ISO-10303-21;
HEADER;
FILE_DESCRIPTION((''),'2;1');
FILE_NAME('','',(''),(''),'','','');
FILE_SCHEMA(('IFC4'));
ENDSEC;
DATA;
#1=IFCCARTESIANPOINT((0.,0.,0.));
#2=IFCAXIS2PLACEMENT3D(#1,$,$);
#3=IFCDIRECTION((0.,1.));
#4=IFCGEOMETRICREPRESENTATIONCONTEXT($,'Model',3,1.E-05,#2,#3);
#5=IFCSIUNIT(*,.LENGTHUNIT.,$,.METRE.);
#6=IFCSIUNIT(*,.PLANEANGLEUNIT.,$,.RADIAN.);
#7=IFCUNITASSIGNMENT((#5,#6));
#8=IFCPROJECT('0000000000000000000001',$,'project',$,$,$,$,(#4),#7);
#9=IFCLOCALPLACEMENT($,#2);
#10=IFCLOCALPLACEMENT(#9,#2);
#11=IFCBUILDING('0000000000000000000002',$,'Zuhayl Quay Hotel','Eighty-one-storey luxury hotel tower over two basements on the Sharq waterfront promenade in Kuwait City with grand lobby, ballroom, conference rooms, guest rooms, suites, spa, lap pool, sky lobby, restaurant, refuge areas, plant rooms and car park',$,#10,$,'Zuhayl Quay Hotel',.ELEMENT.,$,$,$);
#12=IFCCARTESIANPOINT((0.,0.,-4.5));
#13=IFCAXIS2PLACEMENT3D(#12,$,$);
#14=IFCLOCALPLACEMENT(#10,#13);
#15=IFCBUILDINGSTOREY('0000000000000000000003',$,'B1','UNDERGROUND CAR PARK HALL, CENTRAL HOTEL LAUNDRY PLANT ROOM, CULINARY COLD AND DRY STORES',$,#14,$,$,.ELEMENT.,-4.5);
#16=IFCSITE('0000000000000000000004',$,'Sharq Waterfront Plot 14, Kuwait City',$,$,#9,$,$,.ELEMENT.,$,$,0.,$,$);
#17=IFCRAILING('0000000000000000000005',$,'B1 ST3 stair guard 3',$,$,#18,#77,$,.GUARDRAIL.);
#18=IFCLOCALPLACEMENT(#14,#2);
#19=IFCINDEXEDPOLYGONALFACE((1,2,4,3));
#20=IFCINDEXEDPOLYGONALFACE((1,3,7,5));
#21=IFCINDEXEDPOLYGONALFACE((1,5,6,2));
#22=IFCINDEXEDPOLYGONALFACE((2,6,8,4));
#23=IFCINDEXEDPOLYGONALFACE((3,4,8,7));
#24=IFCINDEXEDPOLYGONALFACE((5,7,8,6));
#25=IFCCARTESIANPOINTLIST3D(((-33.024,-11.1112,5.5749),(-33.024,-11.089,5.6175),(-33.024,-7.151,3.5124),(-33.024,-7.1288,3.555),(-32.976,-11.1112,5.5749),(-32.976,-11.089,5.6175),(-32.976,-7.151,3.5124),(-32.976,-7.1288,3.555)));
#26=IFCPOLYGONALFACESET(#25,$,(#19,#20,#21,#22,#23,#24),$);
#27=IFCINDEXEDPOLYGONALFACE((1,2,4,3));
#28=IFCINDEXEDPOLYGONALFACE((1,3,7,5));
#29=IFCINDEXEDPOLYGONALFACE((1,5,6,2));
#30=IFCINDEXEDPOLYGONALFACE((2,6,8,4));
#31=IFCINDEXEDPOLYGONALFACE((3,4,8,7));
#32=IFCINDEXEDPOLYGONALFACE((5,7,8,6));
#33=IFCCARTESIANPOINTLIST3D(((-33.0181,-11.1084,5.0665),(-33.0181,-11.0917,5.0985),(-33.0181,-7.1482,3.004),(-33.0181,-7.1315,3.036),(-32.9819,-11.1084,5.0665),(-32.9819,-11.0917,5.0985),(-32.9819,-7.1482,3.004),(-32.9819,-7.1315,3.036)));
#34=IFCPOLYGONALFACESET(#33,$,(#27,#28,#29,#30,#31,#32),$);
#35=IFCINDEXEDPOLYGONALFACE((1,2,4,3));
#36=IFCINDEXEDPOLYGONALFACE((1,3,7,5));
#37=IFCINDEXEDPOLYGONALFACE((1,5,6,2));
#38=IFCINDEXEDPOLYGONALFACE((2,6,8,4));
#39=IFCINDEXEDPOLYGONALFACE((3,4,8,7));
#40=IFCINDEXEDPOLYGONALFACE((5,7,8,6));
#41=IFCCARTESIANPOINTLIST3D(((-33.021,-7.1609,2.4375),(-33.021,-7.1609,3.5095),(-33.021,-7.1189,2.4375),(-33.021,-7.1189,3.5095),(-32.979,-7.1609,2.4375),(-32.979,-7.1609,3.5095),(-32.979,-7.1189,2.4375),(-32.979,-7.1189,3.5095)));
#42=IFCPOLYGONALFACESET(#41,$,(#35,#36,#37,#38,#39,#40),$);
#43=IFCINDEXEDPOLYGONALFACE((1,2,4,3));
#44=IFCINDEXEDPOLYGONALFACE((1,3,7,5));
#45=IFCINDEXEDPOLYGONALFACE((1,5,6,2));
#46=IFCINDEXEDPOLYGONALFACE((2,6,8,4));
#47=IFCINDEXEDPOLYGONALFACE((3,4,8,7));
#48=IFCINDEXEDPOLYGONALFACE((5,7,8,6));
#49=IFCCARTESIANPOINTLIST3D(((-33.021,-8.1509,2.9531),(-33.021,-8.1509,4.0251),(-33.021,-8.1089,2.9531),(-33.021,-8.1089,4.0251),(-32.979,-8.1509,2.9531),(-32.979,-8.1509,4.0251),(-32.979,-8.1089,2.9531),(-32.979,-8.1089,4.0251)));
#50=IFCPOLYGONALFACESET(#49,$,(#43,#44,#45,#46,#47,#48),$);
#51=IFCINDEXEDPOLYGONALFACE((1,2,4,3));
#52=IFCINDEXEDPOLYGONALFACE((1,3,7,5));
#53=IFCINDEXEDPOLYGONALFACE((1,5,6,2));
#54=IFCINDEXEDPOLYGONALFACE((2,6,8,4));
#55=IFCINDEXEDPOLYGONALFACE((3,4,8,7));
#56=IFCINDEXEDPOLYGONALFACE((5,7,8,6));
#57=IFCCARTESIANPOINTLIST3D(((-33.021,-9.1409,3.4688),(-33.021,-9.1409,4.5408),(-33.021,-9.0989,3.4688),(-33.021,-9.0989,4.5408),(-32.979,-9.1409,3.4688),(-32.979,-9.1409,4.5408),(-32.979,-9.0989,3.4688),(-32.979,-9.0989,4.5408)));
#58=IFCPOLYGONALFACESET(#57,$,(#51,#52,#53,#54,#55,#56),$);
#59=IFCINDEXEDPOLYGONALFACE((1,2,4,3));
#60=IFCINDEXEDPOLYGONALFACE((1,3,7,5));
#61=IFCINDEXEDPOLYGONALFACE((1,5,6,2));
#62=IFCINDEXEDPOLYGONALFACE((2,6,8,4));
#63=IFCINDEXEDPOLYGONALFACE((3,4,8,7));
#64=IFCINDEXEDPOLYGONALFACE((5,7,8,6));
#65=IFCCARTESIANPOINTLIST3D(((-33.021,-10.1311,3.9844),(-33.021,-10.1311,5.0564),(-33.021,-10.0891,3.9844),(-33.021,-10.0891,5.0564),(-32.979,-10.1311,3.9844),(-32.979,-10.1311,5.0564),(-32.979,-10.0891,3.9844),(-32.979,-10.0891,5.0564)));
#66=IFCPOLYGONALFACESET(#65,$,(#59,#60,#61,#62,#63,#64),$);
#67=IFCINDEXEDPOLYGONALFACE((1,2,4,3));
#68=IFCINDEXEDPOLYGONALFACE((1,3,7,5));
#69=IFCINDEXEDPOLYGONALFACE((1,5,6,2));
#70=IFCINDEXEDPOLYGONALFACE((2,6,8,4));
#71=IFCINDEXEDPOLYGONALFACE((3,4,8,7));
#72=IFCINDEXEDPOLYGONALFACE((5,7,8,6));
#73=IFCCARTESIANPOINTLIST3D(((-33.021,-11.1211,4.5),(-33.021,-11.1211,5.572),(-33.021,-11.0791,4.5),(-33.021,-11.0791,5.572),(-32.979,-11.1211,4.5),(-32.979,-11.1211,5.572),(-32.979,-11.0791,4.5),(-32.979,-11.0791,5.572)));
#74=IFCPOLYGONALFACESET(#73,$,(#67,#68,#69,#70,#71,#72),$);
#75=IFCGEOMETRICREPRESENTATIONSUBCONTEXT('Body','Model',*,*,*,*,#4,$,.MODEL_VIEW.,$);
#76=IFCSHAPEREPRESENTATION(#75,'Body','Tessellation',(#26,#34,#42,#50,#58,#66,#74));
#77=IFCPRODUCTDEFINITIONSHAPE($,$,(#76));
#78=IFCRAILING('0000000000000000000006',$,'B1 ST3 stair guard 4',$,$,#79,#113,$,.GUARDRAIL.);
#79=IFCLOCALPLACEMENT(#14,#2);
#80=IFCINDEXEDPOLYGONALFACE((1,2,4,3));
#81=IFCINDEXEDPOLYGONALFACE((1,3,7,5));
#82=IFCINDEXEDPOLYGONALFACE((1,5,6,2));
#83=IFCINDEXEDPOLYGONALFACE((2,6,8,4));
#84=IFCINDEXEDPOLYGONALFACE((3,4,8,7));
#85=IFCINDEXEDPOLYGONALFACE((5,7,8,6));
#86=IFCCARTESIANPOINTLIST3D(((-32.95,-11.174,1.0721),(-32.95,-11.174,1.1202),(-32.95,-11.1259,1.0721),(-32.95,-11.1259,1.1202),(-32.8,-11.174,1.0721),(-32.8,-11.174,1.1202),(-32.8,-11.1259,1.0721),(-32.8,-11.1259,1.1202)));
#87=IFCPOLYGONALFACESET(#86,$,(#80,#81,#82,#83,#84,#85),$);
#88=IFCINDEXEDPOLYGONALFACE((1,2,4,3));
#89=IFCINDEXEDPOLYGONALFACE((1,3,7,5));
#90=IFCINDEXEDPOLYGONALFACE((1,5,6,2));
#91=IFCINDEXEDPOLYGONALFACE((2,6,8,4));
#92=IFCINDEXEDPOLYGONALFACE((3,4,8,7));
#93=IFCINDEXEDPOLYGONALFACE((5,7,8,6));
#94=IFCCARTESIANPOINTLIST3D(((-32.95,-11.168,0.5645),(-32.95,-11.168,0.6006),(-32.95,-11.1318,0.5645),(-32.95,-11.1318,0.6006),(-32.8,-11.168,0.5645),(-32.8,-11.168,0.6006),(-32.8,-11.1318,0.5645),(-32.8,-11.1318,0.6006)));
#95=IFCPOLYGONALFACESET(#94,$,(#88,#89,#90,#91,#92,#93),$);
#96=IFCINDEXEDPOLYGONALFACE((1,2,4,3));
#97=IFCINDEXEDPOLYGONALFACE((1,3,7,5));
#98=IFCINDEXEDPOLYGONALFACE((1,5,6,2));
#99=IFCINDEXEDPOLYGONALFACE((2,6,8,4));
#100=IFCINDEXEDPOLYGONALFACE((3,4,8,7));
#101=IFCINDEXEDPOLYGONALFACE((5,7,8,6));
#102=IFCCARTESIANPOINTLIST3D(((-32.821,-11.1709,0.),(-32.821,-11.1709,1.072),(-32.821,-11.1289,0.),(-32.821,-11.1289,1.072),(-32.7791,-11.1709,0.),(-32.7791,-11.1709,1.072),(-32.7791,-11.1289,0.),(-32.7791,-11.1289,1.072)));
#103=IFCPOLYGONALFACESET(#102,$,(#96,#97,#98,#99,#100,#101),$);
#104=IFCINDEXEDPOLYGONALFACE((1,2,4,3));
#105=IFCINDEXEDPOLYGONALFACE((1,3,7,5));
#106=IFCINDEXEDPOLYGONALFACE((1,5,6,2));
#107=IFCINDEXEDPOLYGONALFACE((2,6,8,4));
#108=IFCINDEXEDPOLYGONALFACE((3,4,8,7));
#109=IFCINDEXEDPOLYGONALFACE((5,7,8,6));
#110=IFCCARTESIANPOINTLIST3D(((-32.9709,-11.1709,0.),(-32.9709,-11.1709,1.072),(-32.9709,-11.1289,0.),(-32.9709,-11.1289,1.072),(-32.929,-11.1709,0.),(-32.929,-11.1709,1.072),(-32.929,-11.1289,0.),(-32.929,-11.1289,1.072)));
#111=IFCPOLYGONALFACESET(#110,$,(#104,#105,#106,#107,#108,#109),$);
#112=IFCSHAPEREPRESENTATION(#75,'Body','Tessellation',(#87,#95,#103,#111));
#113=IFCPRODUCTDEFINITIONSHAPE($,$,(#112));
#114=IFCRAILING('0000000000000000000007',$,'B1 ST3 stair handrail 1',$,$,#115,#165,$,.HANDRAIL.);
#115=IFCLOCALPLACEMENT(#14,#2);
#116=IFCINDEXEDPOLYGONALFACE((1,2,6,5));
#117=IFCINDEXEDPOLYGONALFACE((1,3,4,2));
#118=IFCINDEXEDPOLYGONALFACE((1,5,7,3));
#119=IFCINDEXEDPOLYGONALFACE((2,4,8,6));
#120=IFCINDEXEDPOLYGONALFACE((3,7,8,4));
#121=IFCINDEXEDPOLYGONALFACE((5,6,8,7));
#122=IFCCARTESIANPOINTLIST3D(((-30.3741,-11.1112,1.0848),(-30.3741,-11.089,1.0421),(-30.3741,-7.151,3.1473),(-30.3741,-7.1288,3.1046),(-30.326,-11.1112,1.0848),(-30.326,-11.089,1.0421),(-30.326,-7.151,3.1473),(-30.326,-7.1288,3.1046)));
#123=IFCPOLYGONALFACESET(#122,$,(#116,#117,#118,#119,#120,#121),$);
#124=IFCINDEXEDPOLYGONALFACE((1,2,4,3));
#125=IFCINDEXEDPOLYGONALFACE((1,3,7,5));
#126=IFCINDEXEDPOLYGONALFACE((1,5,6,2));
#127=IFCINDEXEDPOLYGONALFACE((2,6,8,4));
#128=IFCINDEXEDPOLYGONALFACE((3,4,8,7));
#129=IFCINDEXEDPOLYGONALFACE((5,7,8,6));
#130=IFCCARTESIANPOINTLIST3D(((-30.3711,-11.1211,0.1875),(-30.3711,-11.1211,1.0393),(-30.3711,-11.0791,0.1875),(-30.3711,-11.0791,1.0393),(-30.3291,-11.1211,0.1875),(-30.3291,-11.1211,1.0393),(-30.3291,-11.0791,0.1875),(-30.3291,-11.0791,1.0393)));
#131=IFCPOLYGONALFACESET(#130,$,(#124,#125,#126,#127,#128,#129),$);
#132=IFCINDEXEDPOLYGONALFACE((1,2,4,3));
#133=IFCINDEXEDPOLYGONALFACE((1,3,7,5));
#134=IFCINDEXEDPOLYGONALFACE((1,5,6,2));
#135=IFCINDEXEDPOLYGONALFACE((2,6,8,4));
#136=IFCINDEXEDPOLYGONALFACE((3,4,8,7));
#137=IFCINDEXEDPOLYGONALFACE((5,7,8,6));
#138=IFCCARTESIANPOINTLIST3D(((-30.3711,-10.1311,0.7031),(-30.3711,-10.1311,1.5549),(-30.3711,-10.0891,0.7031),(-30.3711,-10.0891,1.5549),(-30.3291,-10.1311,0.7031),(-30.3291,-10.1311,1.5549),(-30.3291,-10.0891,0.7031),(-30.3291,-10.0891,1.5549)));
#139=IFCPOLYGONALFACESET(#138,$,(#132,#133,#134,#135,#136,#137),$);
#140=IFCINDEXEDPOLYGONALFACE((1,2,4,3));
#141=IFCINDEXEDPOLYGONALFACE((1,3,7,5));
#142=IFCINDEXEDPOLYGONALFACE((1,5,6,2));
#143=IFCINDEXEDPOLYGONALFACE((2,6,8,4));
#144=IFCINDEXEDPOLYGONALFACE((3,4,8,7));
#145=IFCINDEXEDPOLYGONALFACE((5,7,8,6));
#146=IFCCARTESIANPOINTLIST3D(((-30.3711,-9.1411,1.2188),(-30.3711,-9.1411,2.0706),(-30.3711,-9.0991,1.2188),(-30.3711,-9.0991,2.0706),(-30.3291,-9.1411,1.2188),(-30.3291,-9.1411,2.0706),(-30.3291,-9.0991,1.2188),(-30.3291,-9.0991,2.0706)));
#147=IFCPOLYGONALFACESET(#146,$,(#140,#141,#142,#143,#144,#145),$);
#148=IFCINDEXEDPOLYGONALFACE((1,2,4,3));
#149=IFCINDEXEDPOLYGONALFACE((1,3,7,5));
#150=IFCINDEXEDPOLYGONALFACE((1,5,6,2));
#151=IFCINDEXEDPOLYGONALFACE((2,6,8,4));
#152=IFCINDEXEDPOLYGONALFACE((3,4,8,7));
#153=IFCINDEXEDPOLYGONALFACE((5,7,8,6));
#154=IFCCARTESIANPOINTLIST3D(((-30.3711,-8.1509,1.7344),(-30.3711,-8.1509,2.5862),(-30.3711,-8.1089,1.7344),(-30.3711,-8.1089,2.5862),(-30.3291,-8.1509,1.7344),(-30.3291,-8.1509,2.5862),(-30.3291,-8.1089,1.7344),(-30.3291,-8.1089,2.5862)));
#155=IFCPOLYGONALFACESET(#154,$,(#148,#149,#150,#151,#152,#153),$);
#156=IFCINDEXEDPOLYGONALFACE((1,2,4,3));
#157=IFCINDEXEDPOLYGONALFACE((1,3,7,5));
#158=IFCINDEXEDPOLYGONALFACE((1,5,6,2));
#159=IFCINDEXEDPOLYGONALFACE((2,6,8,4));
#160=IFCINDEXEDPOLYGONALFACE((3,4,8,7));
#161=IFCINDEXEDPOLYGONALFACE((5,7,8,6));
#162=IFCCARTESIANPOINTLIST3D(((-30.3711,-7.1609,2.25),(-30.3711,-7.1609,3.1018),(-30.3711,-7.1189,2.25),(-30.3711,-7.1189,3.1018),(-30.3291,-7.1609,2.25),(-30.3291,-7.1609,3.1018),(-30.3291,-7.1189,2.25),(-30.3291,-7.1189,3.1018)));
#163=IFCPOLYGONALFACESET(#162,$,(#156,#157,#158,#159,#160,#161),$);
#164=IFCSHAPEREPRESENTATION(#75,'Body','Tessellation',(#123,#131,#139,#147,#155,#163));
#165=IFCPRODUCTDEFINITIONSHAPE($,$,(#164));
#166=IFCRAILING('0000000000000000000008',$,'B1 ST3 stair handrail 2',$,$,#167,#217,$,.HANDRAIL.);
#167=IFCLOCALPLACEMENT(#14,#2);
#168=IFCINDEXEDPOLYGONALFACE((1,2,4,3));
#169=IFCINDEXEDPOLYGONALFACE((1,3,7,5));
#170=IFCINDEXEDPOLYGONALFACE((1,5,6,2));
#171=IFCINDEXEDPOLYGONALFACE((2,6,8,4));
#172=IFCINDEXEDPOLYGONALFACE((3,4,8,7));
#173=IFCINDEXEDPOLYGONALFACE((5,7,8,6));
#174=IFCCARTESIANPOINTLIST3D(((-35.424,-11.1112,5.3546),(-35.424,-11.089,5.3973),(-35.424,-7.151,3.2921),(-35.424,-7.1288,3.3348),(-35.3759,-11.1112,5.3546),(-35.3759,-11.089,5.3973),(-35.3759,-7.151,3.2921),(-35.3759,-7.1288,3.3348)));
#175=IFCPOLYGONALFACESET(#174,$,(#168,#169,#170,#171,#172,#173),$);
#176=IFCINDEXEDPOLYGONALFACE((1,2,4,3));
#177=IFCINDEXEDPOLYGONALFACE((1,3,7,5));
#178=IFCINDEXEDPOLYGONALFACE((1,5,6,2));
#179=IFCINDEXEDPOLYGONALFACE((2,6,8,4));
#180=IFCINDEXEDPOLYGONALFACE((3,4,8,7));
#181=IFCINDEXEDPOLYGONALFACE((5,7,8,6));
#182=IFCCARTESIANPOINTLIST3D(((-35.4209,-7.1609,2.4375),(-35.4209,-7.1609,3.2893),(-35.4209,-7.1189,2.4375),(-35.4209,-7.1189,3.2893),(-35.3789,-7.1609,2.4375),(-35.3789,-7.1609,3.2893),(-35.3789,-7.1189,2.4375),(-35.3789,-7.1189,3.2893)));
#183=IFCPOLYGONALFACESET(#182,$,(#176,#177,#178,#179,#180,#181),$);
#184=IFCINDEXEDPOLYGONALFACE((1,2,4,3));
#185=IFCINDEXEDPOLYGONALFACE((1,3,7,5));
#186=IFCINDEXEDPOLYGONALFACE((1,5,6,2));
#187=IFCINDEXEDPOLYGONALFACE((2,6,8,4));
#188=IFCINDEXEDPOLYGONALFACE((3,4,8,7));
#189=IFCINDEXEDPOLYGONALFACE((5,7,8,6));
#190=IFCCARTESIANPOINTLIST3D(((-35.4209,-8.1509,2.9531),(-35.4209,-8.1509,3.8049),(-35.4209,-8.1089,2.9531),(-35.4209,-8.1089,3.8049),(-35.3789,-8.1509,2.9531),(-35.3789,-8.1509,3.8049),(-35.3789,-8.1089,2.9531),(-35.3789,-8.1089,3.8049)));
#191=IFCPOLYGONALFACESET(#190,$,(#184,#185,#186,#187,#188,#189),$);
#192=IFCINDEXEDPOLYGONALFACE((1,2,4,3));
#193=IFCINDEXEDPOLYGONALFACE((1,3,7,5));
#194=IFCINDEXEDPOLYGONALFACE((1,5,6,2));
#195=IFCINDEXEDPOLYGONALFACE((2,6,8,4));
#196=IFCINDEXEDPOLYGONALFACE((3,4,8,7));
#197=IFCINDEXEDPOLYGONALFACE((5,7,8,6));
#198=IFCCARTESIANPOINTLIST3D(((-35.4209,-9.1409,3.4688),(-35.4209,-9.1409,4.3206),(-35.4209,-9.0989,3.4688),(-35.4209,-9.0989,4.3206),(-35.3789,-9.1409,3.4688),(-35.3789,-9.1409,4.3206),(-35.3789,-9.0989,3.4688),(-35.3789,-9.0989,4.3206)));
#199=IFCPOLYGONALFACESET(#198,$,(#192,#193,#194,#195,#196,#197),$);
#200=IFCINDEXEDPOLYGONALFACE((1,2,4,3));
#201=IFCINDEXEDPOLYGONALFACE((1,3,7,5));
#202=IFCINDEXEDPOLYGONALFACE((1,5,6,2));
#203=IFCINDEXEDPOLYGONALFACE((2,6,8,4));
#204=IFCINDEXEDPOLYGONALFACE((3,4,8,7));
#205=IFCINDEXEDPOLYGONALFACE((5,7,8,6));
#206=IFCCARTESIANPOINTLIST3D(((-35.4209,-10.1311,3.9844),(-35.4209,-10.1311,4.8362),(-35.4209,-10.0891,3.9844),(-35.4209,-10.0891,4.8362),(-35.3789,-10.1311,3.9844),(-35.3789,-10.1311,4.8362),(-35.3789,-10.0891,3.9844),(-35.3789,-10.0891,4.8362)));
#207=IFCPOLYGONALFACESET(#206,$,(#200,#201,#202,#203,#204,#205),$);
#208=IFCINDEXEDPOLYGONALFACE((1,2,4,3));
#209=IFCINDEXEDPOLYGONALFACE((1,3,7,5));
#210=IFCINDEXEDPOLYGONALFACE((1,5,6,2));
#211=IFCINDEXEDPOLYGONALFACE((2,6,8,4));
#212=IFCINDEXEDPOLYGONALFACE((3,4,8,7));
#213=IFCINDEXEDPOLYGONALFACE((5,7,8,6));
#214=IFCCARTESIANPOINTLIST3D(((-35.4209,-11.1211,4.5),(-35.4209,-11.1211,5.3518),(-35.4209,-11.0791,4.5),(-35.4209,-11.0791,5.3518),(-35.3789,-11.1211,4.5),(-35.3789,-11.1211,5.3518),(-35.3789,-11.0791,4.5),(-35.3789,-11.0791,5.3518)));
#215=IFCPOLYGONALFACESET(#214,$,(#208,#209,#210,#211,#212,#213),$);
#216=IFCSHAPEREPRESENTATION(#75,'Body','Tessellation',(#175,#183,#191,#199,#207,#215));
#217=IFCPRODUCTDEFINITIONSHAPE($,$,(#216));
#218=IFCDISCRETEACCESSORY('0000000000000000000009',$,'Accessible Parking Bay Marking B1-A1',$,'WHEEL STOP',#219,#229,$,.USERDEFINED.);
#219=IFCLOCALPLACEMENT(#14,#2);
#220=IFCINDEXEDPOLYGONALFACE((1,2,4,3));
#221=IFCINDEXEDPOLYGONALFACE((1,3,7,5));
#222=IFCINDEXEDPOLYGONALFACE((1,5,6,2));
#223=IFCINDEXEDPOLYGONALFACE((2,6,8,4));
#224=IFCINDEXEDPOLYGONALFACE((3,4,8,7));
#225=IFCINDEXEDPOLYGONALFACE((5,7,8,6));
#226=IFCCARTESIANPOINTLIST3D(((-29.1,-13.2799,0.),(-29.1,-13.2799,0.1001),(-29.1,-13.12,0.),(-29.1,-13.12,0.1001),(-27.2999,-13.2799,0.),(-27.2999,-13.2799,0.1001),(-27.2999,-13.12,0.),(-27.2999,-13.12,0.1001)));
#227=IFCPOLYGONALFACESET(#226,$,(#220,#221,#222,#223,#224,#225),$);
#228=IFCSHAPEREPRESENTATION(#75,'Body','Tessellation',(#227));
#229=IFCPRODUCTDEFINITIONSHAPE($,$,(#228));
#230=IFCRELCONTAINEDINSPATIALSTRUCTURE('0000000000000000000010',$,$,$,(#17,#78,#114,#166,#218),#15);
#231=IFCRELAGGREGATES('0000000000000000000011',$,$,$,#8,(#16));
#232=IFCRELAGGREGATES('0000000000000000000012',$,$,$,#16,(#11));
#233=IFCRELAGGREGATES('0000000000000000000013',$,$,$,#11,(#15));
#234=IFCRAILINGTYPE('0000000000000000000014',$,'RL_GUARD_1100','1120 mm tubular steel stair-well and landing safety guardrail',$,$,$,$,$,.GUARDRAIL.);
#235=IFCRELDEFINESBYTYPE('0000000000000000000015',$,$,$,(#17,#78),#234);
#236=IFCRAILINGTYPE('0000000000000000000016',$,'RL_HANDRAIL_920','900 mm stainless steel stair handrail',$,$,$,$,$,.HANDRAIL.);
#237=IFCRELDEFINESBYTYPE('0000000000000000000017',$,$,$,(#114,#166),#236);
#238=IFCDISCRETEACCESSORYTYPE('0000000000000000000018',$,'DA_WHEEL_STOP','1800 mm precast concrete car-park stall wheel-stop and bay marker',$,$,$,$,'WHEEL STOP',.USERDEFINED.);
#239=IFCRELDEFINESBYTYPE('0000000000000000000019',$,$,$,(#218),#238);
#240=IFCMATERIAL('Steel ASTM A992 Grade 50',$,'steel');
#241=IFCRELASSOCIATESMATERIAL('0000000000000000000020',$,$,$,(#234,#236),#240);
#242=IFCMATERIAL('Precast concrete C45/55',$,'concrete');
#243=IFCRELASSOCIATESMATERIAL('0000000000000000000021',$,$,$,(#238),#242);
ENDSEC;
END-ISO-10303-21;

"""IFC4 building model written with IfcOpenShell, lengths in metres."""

from ifc_helpers import new_model, si_unit, direction, frame, origin, origin_2d, place, context, subcontext, project, spatial, rectangle, extrude, material, type_object, element, save


model = new_model("IFC4")

# Units and contexts
model_context = context("Model", 3, precision=1e-05, world=origin(), true_north=direction((0.0, 1.0)))
body_context = subcontext(model_context, "Body", "Model", "MODEL_VIEW")
ifc_project = project(units=[si_unit("LENGTHUNIT", "METRE"), si_unit("PLANEANGLEUNIT", "RADIAN")], contexts=[model_context])

# Site, building, storey
site_placement = place(None, origin())
site = spatial("IfcSite", under=ifc_project, at=site_placement, Name="Sharq Waterfront Plot 14, Kuwait City", CompositionType="ELEMENT", RefElevation=0.0)
building_placement = place(site_placement, origin())
building = spatial("IfcBuilding", under=site, at=building_placement, Name="Zuhayl Quay Hotel", Description="Eighty-one-storey luxury hotel tower over two basements on the Sharq waterfront promenade in Kuwait City with grand lobby, ballroom, conference rooms, guest rooms, suites, spa, lap pool, sky lobby, restaurant, refuge areas, plant rooms and car park", LongName="Zuhayl Quay Hotel", CompositionType="ELEMENT")
storey_placement = place(building_placement, frame((0.0, 0.0, -4.5)))
storey = spatial("IfcBuildingStorey", under=building, at=storey_placement, Name="B1", Description="UNDERGROUND CAR PARK HALL, CENTRAL HOTEL LAUNDRY PLANT ROOM, CULINARY COLD AND DRY STORES", CompositionType="ELEMENT", Elevation=-4.5)

# Shared definitions
ifc_material_1 = material(Name="Steel ASTM A992 Grade 50", Category="steel")

# Shared definitions
ifc_material_2 = material(Name="Precast concrete C45/55", Category="concrete")

# Railings
railing_type_1 = type_object("IfcRailingType", Name="RL_GUARD_1100", Description="1120 mm tubular steel stair-well and landing safety guardrail", PredefinedType="GUARDRAIL", material=ifc_material_1)
railing_1_placement = place(storey_placement, frame((-33.0, -7.1399, 2.4375)))
element("IfcRailing", 1, at=railing_1_placement, inside=storey, type_object=railing_type_1, Name="B1 ST3 stair guard 3", PredefinedType="GUARDRAIL", context=body_context, shape_type="SweptSolid", body=[
    extrude(rectangle(XDim=0.0481, YDim=0.0481, at=origin_2d()), frame((0.0, 0.0, 1.0962), z_axis=(0.0, -0.886924, 0.461916), x_axis=(1.0, 0.0, 0.0)), (0.0, 0.0, 1.0), 4.4651),
    extrude(rectangle(XDim=0.0361, YDim=0.0361, at=origin_2d()), frame((0.0, 0.0, 0.5825), z_axis=(0.0, -0.886924, 0.461916), x_axis=(1.0, 0.0, 0.0)), (0.0, 0.0, 1.0), 4.4651),
    extrude(rectangle(XDim=0.042, YDim=0.042, at=origin_2d()), origin(), (0.0, 0.0, 1.0), 1.072),
    extrude(rectangle(XDim=0.042, YDim=0.042, at=origin_2d()), frame((0.0, -0.99, 0.5156)), (0.0, 0.0, 1.0), 1.072),
    extrude(rectangle(XDim=0.042, YDim=0.042, at=origin_2d()), frame((0.0, -1.98, 1.0312)), (0.0, 0.0, 1.0), 1.072),
    extrude(rectangle(XDim=0.042, YDim=0.042, at=origin_2d()), frame((0.0, -2.9702, 1.5469)), (0.0, 0.0, 1.0), 1.072),
    extrude(rectangle(XDim=0.042, YDim=0.042, at=origin_2d()), frame((0.0, -3.9602, 2.0625)), (0.0, 0.0, 1.0), 1.072),
])
railing_2_placement = place(storey_placement, frame((-32.8, -11.1499, 0.0)))
element("IfcRailing", 2, at=railing_2_placement, inside=storey, type_object=railing_type_1, Name="B1 ST3 stair guard 4", PredefinedType="GUARDRAIL", context=body_context, shape_type="SweptSolid", body=[
    extrude(rectangle(XDim=0.0481, YDim=0.0481, at=origin_2d()), frame((0.0, 0.0, 1.0962), z_axis=(-1.0, 0.0, 0.0), x_axis=(0.0, -1.0, 0.0)), (0.0, 0.0, 1.0), 0.1499),
    extrude(rectangle(XDim=0.0361, YDim=0.0361, at=origin_2d()), frame((0.0, 0.0, 0.5825), z_axis=(-1.0, 0.0, 0.0), x_axis=(0.0, -1.0, 0.0)), (0.0, 0.0, 1.0), 0.1499),
    extrude(rectangle(XDim=0.042, YDim=0.042, at=origin_2d()), origin(), (0.0, 0.0, 1.0), 1.072),
    extrude(rectangle(XDim=0.042, YDim=0.042, at=origin_2d()), frame((-0.1499, 0.0, 0.0)), (0.0, 0.0, 1.0), 1.072),
])
railing_type_2 = type_object("IfcRailingType", Name="RL_HANDRAIL_920", Description="900 mm stainless steel stair handrail", PredefinedType="HANDRAIL", material=ifc_material_1)
railing_3_placement = place(storey_placement, frame((-30.3501, -11.1001, 0.1875)))
element("IfcRailing", 3, at=railing_3_placement, inside=storey, type_object=railing_type_2, Name="B1 ST3 stair handrail 1", PredefinedType="HANDRAIL", context=body_context, shape_type="SweptSolid", body=[
    extrude(rectangle(XDim=0.0481, YDim=0.0481, at=origin_2d()), frame((0.0, 0.0, 0.876), z_axis=(0.0, 0.886924, 0.461916), x_axis=(-1.0, 0.0, 0.0)), (0.0, 0.0, 1.0), 4.4651),
    extrude(rectangle(XDim=0.042, YDim=0.042, at=origin_2d()), origin(), (0.0, 0.0, 1.0), 0.8518),
    extrude(rectangle(XDim=0.042, YDim=0.042, at=origin_2d()), frame((0.0, 0.99, 0.5156)), (0.0, 0.0, 1.0), 0.8518),
    extrude(rectangle(XDim=0.042, YDim=0.042, at=origin_2d()), frame((0.0, 1.98, 1.0312)), (0.0, 0.0, 1.0), 0.8518),
    extrude(rectangle(XDim=0.042, YDim=0.042, at=origin_2d()), frame((0.0, 2.9702, 1.5469)), (0.0, 0.0, 1.0), 0.8518),
    extrude(rectangle(XDim=0.042, YDim=0.042, at=origin_2d()), frame((0.0, 3.9602, 2.0625)), (0.0, 0.0, 1.0), 0.8518),
])
railing_4_placement = place(storey_placement, frame((-35.3999, -7.1399, 2.4375)))
element("IfcRailing", 4, at=railing_4_placement, inside=storey, type_object=railing_type_2, Name="B1 ST3 stair handrail 2", PredefinedType="HANDRAIL", context=body_context, shape_type="SweptSolid", body=[
    extrude(rectangle(XDim=0.0481, YDim=0.0481, at=origin_2d()), frame((0.0, 0.0, 0.876), z_axis=(0.0, -0.886924, 0.461916), x_axis=(1.0, 0.0, 0.0)), (0.0, 0.0, 1.0), 4.4651),
    extrude(rectangle(XDim=0.042, YDim=0.042, at=origin_2d()), origin(), (0.0, 0.0, 1.0), 0.8518),
    extrude(rectangle(XDim=0.042, YDim=0.042, at=origin_2d()), frame((0.0, -0.99, 0.5156)), (0.0, 0.0, 1.0), 0.8518),
    extrude(rectangle(XDim=0.042, YDim=0.042, at=origin_2d()), frame((0.0, -1.98, 1.0312)), (0.0, 0.0, 1.0), 0.8518),
    extrude(rectangle(XDim=0.042, YDim=0.042, at=origin_2d()), frame((0.0, -2.9702, 1.5469)), (0.0, 0.0, 1.0), 0.8518),
    extrude(rectangle(XDim=0.042, YDim=0.042, at=origin_2d()), frame((0.0, -3.9602, 2.0625)), (0.0, 0.0, 1.0), 0.8518),
])

# Discrete accessory
discrete_accessory_type = type_object("IfcDiscreteAccessoryType", Name="DA_WHEEL_STOP", Description="1800 mm precast concrete car-park stall wheel-stop and bay marker", ElementType="WHEEL STOP", PredefinedType="USERDEFINED", material=ifc_material_2)
for number, where, z_axis, x_axis, name in (
    (5, (-28.2, -13.2, 0.0), (0.0, 0.0, 1.0), (1.0, 0.0, 0.0), "Accessible Parking Bay Marking B1-A1"),
):
    element("IfcDiscreteAccessory", number, at=place(storey_placement, frame(where, z_axis=z_axis, x_axis=x_axis)), inside=storey, type_object=discrete_accessory_type, Name=name, ObjectType="WHEEL STOP", PredefinedType="USERDEFINED", context=body_context, shape_type="SweptSolid", body=[
        extrude(rectangle(XDim=1.8, YDim=0.1599, at=origin_2d()), origin(), (0.0, 0.0, 1.0), 0.1001),
    ])

save(model, "model.ifc")
